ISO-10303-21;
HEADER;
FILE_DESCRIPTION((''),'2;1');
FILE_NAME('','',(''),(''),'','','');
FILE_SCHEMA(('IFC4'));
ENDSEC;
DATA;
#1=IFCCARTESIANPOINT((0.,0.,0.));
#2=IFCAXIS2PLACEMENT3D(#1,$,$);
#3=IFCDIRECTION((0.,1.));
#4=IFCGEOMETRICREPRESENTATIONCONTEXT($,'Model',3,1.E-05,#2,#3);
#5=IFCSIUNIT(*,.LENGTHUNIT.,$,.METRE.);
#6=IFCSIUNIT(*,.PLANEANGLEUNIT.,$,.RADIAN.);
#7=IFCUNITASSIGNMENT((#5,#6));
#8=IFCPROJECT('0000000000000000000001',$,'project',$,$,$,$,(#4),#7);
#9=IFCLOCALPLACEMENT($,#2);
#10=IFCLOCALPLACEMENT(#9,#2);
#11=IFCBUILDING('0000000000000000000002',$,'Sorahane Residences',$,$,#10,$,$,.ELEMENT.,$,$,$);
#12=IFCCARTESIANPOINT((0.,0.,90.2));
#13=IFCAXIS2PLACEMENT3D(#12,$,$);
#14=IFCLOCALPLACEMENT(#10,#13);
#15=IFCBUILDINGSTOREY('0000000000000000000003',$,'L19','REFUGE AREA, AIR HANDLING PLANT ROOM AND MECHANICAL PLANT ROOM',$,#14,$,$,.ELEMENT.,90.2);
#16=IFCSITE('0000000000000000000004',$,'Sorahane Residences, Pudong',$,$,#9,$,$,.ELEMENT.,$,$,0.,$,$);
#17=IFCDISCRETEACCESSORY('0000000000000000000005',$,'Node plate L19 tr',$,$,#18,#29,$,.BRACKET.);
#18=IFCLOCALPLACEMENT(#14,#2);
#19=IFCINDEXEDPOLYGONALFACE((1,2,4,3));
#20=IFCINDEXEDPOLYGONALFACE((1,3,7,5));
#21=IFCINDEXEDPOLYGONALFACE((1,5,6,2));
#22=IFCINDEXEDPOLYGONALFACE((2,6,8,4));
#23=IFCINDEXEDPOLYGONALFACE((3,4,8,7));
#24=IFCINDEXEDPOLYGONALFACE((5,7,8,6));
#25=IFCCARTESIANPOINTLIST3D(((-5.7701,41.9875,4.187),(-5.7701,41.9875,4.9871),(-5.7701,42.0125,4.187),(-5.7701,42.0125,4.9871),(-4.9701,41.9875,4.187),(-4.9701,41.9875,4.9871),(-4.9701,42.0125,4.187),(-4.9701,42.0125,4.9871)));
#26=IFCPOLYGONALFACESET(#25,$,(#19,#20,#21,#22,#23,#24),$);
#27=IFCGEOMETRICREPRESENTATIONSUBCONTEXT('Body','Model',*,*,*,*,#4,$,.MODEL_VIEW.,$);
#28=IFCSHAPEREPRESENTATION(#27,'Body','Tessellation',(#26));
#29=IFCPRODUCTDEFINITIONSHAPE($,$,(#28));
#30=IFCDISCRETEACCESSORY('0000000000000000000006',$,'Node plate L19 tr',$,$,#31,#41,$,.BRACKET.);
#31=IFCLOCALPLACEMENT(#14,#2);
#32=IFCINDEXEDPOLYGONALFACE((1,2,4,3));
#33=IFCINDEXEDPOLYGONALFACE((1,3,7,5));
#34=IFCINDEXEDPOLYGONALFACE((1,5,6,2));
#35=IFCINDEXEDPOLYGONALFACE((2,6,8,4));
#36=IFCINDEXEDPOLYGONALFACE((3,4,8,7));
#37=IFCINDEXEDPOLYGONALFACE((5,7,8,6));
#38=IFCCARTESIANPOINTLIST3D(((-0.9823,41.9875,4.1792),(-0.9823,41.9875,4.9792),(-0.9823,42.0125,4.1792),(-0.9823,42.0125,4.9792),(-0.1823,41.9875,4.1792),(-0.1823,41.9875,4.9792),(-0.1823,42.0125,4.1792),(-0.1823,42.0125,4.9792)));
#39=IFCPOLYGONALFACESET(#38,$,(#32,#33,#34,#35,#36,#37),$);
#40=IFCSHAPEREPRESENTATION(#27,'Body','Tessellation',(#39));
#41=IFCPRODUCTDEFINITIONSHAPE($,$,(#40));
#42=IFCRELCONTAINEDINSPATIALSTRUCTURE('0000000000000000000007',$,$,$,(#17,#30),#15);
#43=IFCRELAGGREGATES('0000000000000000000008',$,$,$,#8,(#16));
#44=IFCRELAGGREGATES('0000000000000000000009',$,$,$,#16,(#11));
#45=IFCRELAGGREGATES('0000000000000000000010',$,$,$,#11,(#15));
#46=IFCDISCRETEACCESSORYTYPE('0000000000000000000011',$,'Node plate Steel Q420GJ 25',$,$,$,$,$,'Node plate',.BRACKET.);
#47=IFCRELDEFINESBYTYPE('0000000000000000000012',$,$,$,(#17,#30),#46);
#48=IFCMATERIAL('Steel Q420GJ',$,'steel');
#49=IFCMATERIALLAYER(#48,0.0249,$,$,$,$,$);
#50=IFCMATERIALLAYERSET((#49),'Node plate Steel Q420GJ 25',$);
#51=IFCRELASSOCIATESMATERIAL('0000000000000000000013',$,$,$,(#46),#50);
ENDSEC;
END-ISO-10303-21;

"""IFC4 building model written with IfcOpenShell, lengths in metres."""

from ifc_helpers import new_model, si_unit, direction, frame, origin, origin_2d, place, context, subcontext, project, spatial, rectangle, extrude, material, layer, layer_set, type_object, element, save


model = new_model("IFC4")

# Units and contexts
model_context = context("Model", 3, precision=1e-05, world=origin(), true_north=direction((0.0, 1.0)))
body_context = subcontext(model_context, "Body", "Model", "MODEL_VIEW")
ifc_project = project(units=[si_unit("LENGTHUNIT", "METRE"), si_unit("PLANEANGLEUNIT", "RADIAN")], contexts=[model_context])

# Site, building, storey
site_placement = place(None, origin())
site = spatial("IfcSite", under=ifc_project, at=site_placement, Name="Sorahane Residences, Pudong", CompositionType="ELEMENT", RefElevation=0.0)
building_placement = place(site_placement, origin())
building = spatial("IfcBuilding", under=site, at=building_placement, Name="Sorahane Residences", CompositionType="ELEMENT")
storey_placement = place(building_placement, frame((0.0, 0.0, 90.2)))
storey = spatial("IfcBuildingStorey", under=building, at=storey_placement, Name="L19", Description="REFUGE AREA, AIR HANDLING PLANT ROOM AND MECHANICAL PLANT ROOM", CompositionType="ELEMENT", Elevation=90.2)

# Discrete accessories
ifc_material_1 = material(Name="Steel Q420GJ", Category="steel")
ifc_layer_1 = layer(ifc_material_1, 0.0249)
ifc_layer_set_1 = layer_set([ifc_layer_1], Name="Node plate Steel Q420GJ 25")
discrete_accessory_type_1 = type_object("IfcDiscreteAccessoryType", Name="Node plate Steel Q420GJ 25", ElementType="Node plate", PredefinedType="BRACKET", material=ifc_layer_set_1)
for number, where, z_axis, x_axis, name in (
    (1, (-5.3701, 42.0, 4.187), (0.0, 0.0, 1.0), (1.0, 0.0, 0.0), "Node plate L19 tr"),
    (2, (-0.5823, 42.0, 4.1792), (0.0, 0.0, 1.0), (1.0, 0.0, 0.0), "Node plate L19 tr"),
):
    element("IfcDiscreteAccessory", number, at=place(storey_placement, frame(where, z_axis=z_axis, x_axis=x_axis)), inside=storey, type_object=discrete_accessory_type_1, Name=name, PredefinedType="BRACKET", context=body_context, shape_type="SweptSolid", body=[
        extrude(rectangle(XDim=0.8, YDim=0.0249, at=origin_2d()), origin(), (0.0, 0.0, 1.0), 0.8),
    ])

save(model, "model.ifc")
